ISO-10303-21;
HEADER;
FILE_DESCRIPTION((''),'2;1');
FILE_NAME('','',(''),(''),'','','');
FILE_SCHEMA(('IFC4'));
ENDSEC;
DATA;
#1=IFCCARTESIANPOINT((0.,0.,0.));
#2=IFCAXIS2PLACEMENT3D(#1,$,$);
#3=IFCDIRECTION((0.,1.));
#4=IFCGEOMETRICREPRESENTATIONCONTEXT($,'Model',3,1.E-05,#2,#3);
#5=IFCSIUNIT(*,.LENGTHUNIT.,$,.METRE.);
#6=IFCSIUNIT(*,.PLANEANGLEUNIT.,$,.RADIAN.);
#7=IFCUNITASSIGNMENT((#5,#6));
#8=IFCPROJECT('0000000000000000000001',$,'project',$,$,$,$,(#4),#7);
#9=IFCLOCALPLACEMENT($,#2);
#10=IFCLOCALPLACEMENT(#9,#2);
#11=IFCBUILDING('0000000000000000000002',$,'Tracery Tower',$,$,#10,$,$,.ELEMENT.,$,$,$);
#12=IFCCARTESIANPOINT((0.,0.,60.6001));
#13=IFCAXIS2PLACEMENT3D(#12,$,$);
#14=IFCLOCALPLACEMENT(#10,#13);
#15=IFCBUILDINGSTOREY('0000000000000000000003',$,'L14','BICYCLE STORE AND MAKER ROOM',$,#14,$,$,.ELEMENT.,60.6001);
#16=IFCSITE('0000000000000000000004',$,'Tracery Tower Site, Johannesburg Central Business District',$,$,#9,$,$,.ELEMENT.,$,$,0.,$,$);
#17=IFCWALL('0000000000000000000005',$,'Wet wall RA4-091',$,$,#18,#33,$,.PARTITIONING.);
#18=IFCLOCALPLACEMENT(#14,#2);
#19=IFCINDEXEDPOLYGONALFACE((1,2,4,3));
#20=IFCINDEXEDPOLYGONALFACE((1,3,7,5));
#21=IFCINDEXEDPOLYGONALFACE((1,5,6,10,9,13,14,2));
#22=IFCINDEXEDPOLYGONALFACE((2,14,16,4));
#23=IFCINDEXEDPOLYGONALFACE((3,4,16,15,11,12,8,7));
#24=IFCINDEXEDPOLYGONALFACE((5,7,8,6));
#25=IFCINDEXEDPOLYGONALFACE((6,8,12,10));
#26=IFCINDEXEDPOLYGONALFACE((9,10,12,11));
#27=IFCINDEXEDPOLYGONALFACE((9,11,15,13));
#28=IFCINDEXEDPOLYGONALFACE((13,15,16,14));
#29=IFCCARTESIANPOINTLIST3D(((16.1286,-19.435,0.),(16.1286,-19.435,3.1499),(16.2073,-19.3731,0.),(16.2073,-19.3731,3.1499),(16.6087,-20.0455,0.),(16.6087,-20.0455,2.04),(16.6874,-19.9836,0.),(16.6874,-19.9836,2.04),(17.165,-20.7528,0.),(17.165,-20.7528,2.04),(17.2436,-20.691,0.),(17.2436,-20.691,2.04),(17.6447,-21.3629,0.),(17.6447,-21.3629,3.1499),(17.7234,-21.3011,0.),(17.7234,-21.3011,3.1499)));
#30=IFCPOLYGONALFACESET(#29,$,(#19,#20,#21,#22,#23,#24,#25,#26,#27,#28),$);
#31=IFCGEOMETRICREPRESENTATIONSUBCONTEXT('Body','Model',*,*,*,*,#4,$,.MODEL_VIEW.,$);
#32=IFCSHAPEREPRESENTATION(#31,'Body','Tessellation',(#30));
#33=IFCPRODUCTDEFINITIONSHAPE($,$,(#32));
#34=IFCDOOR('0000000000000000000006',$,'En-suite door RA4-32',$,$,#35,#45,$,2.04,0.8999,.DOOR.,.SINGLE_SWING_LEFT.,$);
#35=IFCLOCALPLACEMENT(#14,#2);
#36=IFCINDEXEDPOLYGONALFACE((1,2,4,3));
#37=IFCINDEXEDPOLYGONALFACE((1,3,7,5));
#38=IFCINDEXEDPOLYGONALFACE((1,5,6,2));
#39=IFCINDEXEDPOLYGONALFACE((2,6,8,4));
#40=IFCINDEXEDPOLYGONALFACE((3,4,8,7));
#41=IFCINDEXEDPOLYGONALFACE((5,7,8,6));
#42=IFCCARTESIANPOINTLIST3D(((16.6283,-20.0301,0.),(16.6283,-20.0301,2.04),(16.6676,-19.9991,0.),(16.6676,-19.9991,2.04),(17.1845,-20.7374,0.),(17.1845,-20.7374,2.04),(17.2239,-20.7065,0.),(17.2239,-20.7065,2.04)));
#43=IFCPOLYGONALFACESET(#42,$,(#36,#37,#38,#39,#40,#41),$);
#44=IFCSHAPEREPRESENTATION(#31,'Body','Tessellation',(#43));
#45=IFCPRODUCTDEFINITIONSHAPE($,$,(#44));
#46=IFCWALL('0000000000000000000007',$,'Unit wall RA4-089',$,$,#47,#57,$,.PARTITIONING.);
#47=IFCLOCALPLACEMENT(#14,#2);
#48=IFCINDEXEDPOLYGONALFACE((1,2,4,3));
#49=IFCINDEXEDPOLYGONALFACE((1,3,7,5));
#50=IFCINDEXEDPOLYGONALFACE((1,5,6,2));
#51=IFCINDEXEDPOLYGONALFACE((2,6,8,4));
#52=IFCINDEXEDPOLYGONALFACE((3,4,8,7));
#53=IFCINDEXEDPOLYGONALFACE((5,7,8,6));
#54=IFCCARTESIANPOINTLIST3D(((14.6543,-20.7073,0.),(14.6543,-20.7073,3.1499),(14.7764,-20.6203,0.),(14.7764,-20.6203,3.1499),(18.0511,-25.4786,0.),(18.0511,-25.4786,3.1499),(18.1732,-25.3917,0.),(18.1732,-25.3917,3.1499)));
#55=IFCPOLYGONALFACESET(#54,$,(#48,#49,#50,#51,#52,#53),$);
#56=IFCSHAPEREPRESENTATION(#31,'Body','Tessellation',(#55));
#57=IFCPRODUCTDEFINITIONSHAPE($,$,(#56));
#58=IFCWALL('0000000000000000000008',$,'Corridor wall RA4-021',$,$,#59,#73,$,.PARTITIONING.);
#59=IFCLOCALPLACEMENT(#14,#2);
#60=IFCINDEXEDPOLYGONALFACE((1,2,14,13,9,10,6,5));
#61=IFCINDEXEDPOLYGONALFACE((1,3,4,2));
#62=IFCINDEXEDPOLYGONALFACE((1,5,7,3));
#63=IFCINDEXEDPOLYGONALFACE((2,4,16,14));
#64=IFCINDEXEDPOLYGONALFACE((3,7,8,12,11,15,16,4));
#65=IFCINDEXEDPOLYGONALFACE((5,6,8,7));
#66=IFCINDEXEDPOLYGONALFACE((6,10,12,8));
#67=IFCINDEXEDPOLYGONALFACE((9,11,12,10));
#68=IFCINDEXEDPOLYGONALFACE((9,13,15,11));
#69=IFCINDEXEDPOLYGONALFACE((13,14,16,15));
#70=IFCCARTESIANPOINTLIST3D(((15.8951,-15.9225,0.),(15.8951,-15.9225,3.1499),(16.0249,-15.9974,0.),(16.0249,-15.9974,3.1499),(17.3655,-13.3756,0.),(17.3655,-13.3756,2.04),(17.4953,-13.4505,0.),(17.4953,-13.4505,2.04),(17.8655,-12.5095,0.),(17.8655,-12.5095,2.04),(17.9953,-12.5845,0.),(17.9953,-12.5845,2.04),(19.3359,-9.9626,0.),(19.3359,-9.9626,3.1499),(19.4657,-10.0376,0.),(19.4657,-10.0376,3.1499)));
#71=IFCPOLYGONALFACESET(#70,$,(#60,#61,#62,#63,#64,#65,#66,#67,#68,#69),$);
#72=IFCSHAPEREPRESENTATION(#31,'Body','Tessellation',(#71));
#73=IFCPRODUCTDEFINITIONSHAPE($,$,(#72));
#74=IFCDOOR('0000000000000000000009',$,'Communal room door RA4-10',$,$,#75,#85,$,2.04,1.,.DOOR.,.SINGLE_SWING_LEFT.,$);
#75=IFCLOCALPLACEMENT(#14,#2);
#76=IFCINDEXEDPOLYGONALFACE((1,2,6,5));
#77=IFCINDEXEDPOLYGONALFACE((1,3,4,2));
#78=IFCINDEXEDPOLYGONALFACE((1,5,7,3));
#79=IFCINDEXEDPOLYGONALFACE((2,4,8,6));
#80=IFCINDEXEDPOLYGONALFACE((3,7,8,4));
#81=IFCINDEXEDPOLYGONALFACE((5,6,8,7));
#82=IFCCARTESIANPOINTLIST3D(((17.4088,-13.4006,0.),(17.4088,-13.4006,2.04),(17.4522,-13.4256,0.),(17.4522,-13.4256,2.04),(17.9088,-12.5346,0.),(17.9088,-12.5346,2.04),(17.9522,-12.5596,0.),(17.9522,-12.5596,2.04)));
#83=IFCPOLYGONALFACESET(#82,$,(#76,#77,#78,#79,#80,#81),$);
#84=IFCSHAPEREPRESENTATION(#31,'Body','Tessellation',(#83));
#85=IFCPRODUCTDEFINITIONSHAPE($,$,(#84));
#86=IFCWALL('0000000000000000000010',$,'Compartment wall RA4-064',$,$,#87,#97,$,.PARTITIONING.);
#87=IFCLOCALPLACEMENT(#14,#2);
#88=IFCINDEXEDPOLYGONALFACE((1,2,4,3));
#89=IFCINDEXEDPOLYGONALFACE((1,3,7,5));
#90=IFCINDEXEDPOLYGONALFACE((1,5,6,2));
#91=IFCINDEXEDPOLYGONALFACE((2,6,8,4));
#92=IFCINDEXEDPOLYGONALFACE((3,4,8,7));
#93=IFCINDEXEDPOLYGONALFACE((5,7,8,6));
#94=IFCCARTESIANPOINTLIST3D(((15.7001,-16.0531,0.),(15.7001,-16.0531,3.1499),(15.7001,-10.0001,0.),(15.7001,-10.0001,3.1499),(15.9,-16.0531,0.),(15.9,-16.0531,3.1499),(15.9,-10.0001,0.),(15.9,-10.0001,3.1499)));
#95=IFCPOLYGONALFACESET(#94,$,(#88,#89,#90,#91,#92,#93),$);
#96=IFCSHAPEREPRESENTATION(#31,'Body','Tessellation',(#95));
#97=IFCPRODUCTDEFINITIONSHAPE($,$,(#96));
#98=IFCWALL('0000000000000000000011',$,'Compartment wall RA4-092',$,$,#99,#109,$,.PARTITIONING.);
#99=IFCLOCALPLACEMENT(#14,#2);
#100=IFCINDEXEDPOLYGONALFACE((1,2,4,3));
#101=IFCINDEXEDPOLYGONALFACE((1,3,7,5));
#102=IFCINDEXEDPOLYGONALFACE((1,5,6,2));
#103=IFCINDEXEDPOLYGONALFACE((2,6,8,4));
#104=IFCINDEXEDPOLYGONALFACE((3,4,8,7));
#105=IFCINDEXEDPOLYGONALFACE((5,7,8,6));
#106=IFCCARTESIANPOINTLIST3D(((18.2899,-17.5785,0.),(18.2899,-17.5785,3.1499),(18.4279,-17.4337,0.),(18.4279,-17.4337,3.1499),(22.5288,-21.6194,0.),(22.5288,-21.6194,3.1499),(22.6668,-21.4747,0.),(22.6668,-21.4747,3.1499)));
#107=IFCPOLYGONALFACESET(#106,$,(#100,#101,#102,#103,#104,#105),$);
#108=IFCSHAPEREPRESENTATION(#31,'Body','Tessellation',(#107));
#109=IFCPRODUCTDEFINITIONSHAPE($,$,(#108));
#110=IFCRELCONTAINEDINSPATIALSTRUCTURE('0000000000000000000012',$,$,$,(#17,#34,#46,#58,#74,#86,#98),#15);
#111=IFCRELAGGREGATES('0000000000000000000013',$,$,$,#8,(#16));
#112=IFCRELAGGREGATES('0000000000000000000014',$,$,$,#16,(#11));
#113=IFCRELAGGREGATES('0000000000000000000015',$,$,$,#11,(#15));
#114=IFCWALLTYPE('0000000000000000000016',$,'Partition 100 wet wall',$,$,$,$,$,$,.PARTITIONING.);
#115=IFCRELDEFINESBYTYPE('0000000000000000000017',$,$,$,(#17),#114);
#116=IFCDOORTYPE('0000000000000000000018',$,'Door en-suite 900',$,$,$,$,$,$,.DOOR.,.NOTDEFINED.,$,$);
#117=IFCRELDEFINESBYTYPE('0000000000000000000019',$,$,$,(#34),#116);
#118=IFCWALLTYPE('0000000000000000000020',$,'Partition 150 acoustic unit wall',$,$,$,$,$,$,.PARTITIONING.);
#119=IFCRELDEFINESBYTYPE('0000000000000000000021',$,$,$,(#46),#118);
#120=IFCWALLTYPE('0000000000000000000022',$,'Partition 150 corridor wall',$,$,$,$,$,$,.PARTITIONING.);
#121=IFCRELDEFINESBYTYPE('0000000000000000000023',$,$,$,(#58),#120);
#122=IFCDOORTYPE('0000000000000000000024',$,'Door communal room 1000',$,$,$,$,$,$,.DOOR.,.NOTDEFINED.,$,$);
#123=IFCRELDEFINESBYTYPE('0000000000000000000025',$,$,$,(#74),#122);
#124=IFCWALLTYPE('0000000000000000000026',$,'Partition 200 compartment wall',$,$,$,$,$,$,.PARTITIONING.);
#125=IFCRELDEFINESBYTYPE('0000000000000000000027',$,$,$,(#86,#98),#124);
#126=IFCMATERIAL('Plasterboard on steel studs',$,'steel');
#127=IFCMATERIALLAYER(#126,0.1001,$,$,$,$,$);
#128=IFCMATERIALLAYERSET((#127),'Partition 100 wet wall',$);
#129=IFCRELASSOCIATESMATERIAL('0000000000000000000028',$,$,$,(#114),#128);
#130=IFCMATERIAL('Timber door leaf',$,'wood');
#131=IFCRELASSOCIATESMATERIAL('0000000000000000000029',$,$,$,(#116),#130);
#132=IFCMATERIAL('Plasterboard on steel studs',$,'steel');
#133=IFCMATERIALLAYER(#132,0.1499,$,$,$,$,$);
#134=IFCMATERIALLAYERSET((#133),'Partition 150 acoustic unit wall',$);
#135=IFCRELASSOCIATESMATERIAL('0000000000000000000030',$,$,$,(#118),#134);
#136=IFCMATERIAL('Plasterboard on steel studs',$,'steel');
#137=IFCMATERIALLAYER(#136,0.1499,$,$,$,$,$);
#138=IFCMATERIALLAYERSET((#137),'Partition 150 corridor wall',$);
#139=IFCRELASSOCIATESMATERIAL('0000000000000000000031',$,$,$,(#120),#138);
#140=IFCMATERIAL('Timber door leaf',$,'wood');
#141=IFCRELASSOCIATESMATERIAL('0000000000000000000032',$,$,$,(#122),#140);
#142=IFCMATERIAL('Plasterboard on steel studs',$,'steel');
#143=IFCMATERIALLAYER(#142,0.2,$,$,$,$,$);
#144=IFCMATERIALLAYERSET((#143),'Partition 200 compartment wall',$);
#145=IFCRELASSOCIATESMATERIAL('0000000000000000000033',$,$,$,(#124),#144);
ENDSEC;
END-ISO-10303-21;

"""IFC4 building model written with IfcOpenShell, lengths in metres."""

from ifc_helpers import new_model, si_unit, direction, frame, frame_2d, origin, place, context, subcontext, project, spatial, rectangle, extrude, material, layer, layer_set, type_object, element, fill, save


model = new_model("IFC4")

# Units and contexts
model_context = context("Model", 3, precision=1e-05, world=origin(), true_north=direction((0.0, 1.0)))
body_context = subcontext(model_context, "Body", "Model", "MODEL_VIEW")
ifc_project = project(units=[si_unit("LENGTHUNIT", "METRE"), si_unit("PLANEANGLEUNIT", "RADIAN")], contexts=[model_context])

# Site, building, storey
site_placement = place(None, origin())
site = spatial("IfcSite", under=ifc_project, at=site_placement, Name="Tracery Tower Site, Johannesburg Central Business District", CompositionType="ELEMENT", RefElevation=0.0)
building_placement = place(site_placement, origin())
building = spatial("IfcBuilding", under=site, at=building_placement, Name="Tracery Tower", CompositionType="ELEMENT")
storey_placement = place(building_placement, frame((0.0, 0.0, 60.6001)))
storey = spatial("IfcBuildingStorey", under=building, at=storey_placement, Name="L14", Description="BICYCLE STORE AND MAKER ROOM", CompositionType="ELEMENT", Elevation=60.6001)

# Shared definitions
ifc_material_1 = material(Name="Plasterboard on steel studs", Category="steel")
ifc_layer_1 = layer(ifc_material_1, 0.1001)
ifc_layer_set_1 = layer_set([ifc_layer_1], Name="Partition 100 wet wall")
wall_type_1 = type_object("IfcWallType", Name="Partition 100 wet wall", PredefinedType="PARTITIONING", material=ifc_layer_set_1)
ifc_material_2 = material(Name="Timber door leaf", Category="wood")
door_type_1 = type_object("IfcDoorType", Name="Door en-suite 900", OperationType="NOTDEFINED", PredefinedType="DOOR", material=ifc_material_2)

# Wall, opening, door
wall_1_placement = place(storey_placement, frame((16.168, -19.4041, 0.0), z_axis=(0.0, 0.0, 1.0), x_axis=(0.618142, -0.786066, 0.0)))
wall_1 = element("IfcWall", 1, at=wall_1_placement, inside=storey, type_object=wall_type_1, Name="Wet wall RA4-091", PredefinedType="PARTITIONING", context=body_context, shape_type="SweptSolid", body=[
    extrude(rectangle(XDim=2.4526, YDim=0.1001, at=frame_2d((1.2263, 0.0))), origin(), (0.0, 0.0, 1.0), 3.1499),
])
opening_1_placement = place(wall_1_placement, frame((0.7766, 0.0, 0.0)))
opening_1 = element("IfcOpeningElement", 2, at=opening_1_placement, cuts=wall_1, PredefinedType="OPENING", context=body_context, shape_type="SweptSolid", body=[
    extrude(rectangle(XDim=0.8999, YDim=2.04, at=frame_2d((0.45, 1.02))), frame((0.0, 0.05, 0.0), z_axis=(0.0, -1.0, 0.0), x_axis=(1.0, 0.0, 0.0)), (0.0, 0.0, 1.0), 0.1001),
])
door_1_placement = place(opening_1_placement, origin())
door_1 = element("IfcDoor", 3, at=door_1_placement, inside=storey, type_object=door_type_1, Name="En-suite door RA4-32", OperationType="SINGLE_SWING_LEFT", OverallHeight=2.04, OverallWidth=0.8999, PredefinedType="DOOR", context=body_context, shape_type="SweptSolid", body=[
    extrude(rectangle(XDim=0.8999, YDim=2.04, at=frame_2d((0.45, 1.02))), frame((0.0, 0.0249, 0.0), z_axis=(0.0, -1.0, 0.0), x_axis=(1.0, 0.0, 0.0)), (0.0, 0.0, 1.0), 0.05),
])
fill(opening_1, door_1)

# Wall
ifc_material_3 = material(Name="Plasterboard on steel studs", Category="steel")
ifc_layer_2 = layer(ifc_material_3, 0.1499)
ifc_layer_set_2 = layer_set([ifc_layer_2], Name="Partition 150 acoustic unit wall")
wall_type_2 = type_object("IfcWallType", Name="Partition 150 acoustic unit wall", PredefinedType="PARTITIONING", material=ifc_layer_set_2)
wall_2_placement = place(storey_placement, frame((14.7153, -20.6638, 0.0), z_axis=(0.0, 0.0, 1.0), x_axis=(0.57996, -0.814645, 0.0)))
element("IfcWall", 4, at=wall_2_placement, inside=storey, type_object=wall_type_2, Name="Unit wall RA4-089", PredefinedType="PARTITIONING", context=body_context, shape_type="SweptSolid", body=[
    extrude(rectangle(XDim=5.8569, YDim=0.1499, at=frame_2d((2.9285, 0.0))), origin(), (0.0, 0.0, 1.0), 3.1499),
])

# Wall, opening, door
ifc_material_4 = material(Name="Plasterboard on steel studs", Category="steel")
ifc_layer_3 = layer(ifc_material_4, 0.1499)
ifc_layer_set_3 = layer_set([ifc_layer_3], Name="Partition 150 corridor wall")
wall_type_3 = type_object("IfcWallType", Name="Partition 150 corridor wall", PredefinedType="PARTITIONING", material=ifc_layer_set_3)
wall_3_placement = place(storey_placement, frame((15.96, -15.96, 0.0), z_axis=(0.0, 0.0, 1.0), x_axis=(0.499993, 0.86603, 0.0)))
wall_3 = element("IfcWall", 5, at=wall_3_placement, inside=storey, type_object=wall_type_3, Name="Corridor wall RA4-021", PredefinedType="PARTITIONING", context=body_context, shape_type="SweptSolid", body=[
    extrude(rectangle(XDim=6.8818, YDim=0.1499, at=frame_2d((3.4409, 0.0))), origin(), (0.0, 0.0, 1.0), 3.1499),
])
opening_2_placement = place(wall_3_placement, frame((2.9409, 0.0, 0.0)))
opening_2 = element("IfcOpeningElement", 6, at=opening_2_placement, cuts=wall_3, PredefinedType="OPENING", context=body_context, shape_type="SweptSolid", body=[
    extrude(rectangle(XDim=1.0, YDim=2.04, at=frame_2d((0.5, 1.02))), frame((0.0, 0.075, 0.0), z_axis=(0.0, -1.0, 0.0), x_axis=(1.0, 0.0, 0.0)), (0.0, 0.0, 1.0), 0.1499),
])
ifc_material_5 = material(Name="Timber door leaf", Category="wood")
door_type_2 = type_object("IfcDoorType", Name="Door communal room 1000", OperationType="NOTDEFINED", PredefinedType="DOOR", material=ifc_material_5)
door_2_placement = place(opening_2_placement, origin())
door_2 = element("IfcDoor", 7, at=door_2_placement, inside=storey, type_object=door_type_2, Name="Communal room door RA4-10", OperationType="SINGLE_SWING_LEFT", OverallHeight=2.04, OverallWidth=1.0, PredefinedType="DOOR", context=body_context, shape_type="SweptSolid", body=[
    extrude(rectangle(XDim=1.0, YDim=2.04, at=frame_2d((0.5, 1.02))), frame((0.0, 0.0249, 0.0), z_axis=(0.0, -1.0, 0.0), x_axis=(1.0, 0.0, 0.0)), (0.0, 0.0, 1.0), 0.05),
])
fill(opening_2, door_2)

# Walls
ifc_material_6 = material(Name="Plasterboard on steel studs", Category="steel")
ifc_layer_4 = layer(ifc_material_6, 0.2)
ifc_layer_set_4 = layer_set([ifc_layer_4], Name="Partition 200 compartment wall")
wall_type_4 = type_object("IfcWallType", Name="Partition 200 compartment wall", PredefinedType="PARTITIONING", material=ifc_layer_set_4)
wall_4_placement = place(storey_placement, frame((15.8, -16.053, 0.0), z_axis=(0.0, 0.0, 1.0), x_axis=(0.0, 1.0, 0.0)))
element("IfcWall", 8, at=wall_4_placement, inside=storey, type_object=wall_type_4, Name="Compartment wall RA4-064", PredefinedType="PARTITIONING", context=body_context, shape_type="SweptSolid", body=[
    extrude(rectangle(XDim=6.053, YDim=0.2, at=frame_2d((3.0264, 0.0))), origin(), (0.0, 0.0, 1.0), 3.1499),
])
wall_5_placement = place(storey_placement, frame((18.3589, -17.5061, 0.0), z_axis=(0.0, 0.0, 1.0), x_axis=(0.723809, -0.690001, 0.0)))
element("IfcWall", 9, at=wall_5_placement, inside=storey, type_object=wall_type_4, Name="Compartment wall RA4-092", PredefinedType="PARTITIONING", context=body_context, shape_type="SweptSolid", body=[
    extrude(rectangle(XDim=5.8564, YDim=0.2, at=frame_2d((2.9282, 0.0))), origin(), (0.0, 0.0, 1.0), 3.1499),
])

save(model, "model.ifc")
